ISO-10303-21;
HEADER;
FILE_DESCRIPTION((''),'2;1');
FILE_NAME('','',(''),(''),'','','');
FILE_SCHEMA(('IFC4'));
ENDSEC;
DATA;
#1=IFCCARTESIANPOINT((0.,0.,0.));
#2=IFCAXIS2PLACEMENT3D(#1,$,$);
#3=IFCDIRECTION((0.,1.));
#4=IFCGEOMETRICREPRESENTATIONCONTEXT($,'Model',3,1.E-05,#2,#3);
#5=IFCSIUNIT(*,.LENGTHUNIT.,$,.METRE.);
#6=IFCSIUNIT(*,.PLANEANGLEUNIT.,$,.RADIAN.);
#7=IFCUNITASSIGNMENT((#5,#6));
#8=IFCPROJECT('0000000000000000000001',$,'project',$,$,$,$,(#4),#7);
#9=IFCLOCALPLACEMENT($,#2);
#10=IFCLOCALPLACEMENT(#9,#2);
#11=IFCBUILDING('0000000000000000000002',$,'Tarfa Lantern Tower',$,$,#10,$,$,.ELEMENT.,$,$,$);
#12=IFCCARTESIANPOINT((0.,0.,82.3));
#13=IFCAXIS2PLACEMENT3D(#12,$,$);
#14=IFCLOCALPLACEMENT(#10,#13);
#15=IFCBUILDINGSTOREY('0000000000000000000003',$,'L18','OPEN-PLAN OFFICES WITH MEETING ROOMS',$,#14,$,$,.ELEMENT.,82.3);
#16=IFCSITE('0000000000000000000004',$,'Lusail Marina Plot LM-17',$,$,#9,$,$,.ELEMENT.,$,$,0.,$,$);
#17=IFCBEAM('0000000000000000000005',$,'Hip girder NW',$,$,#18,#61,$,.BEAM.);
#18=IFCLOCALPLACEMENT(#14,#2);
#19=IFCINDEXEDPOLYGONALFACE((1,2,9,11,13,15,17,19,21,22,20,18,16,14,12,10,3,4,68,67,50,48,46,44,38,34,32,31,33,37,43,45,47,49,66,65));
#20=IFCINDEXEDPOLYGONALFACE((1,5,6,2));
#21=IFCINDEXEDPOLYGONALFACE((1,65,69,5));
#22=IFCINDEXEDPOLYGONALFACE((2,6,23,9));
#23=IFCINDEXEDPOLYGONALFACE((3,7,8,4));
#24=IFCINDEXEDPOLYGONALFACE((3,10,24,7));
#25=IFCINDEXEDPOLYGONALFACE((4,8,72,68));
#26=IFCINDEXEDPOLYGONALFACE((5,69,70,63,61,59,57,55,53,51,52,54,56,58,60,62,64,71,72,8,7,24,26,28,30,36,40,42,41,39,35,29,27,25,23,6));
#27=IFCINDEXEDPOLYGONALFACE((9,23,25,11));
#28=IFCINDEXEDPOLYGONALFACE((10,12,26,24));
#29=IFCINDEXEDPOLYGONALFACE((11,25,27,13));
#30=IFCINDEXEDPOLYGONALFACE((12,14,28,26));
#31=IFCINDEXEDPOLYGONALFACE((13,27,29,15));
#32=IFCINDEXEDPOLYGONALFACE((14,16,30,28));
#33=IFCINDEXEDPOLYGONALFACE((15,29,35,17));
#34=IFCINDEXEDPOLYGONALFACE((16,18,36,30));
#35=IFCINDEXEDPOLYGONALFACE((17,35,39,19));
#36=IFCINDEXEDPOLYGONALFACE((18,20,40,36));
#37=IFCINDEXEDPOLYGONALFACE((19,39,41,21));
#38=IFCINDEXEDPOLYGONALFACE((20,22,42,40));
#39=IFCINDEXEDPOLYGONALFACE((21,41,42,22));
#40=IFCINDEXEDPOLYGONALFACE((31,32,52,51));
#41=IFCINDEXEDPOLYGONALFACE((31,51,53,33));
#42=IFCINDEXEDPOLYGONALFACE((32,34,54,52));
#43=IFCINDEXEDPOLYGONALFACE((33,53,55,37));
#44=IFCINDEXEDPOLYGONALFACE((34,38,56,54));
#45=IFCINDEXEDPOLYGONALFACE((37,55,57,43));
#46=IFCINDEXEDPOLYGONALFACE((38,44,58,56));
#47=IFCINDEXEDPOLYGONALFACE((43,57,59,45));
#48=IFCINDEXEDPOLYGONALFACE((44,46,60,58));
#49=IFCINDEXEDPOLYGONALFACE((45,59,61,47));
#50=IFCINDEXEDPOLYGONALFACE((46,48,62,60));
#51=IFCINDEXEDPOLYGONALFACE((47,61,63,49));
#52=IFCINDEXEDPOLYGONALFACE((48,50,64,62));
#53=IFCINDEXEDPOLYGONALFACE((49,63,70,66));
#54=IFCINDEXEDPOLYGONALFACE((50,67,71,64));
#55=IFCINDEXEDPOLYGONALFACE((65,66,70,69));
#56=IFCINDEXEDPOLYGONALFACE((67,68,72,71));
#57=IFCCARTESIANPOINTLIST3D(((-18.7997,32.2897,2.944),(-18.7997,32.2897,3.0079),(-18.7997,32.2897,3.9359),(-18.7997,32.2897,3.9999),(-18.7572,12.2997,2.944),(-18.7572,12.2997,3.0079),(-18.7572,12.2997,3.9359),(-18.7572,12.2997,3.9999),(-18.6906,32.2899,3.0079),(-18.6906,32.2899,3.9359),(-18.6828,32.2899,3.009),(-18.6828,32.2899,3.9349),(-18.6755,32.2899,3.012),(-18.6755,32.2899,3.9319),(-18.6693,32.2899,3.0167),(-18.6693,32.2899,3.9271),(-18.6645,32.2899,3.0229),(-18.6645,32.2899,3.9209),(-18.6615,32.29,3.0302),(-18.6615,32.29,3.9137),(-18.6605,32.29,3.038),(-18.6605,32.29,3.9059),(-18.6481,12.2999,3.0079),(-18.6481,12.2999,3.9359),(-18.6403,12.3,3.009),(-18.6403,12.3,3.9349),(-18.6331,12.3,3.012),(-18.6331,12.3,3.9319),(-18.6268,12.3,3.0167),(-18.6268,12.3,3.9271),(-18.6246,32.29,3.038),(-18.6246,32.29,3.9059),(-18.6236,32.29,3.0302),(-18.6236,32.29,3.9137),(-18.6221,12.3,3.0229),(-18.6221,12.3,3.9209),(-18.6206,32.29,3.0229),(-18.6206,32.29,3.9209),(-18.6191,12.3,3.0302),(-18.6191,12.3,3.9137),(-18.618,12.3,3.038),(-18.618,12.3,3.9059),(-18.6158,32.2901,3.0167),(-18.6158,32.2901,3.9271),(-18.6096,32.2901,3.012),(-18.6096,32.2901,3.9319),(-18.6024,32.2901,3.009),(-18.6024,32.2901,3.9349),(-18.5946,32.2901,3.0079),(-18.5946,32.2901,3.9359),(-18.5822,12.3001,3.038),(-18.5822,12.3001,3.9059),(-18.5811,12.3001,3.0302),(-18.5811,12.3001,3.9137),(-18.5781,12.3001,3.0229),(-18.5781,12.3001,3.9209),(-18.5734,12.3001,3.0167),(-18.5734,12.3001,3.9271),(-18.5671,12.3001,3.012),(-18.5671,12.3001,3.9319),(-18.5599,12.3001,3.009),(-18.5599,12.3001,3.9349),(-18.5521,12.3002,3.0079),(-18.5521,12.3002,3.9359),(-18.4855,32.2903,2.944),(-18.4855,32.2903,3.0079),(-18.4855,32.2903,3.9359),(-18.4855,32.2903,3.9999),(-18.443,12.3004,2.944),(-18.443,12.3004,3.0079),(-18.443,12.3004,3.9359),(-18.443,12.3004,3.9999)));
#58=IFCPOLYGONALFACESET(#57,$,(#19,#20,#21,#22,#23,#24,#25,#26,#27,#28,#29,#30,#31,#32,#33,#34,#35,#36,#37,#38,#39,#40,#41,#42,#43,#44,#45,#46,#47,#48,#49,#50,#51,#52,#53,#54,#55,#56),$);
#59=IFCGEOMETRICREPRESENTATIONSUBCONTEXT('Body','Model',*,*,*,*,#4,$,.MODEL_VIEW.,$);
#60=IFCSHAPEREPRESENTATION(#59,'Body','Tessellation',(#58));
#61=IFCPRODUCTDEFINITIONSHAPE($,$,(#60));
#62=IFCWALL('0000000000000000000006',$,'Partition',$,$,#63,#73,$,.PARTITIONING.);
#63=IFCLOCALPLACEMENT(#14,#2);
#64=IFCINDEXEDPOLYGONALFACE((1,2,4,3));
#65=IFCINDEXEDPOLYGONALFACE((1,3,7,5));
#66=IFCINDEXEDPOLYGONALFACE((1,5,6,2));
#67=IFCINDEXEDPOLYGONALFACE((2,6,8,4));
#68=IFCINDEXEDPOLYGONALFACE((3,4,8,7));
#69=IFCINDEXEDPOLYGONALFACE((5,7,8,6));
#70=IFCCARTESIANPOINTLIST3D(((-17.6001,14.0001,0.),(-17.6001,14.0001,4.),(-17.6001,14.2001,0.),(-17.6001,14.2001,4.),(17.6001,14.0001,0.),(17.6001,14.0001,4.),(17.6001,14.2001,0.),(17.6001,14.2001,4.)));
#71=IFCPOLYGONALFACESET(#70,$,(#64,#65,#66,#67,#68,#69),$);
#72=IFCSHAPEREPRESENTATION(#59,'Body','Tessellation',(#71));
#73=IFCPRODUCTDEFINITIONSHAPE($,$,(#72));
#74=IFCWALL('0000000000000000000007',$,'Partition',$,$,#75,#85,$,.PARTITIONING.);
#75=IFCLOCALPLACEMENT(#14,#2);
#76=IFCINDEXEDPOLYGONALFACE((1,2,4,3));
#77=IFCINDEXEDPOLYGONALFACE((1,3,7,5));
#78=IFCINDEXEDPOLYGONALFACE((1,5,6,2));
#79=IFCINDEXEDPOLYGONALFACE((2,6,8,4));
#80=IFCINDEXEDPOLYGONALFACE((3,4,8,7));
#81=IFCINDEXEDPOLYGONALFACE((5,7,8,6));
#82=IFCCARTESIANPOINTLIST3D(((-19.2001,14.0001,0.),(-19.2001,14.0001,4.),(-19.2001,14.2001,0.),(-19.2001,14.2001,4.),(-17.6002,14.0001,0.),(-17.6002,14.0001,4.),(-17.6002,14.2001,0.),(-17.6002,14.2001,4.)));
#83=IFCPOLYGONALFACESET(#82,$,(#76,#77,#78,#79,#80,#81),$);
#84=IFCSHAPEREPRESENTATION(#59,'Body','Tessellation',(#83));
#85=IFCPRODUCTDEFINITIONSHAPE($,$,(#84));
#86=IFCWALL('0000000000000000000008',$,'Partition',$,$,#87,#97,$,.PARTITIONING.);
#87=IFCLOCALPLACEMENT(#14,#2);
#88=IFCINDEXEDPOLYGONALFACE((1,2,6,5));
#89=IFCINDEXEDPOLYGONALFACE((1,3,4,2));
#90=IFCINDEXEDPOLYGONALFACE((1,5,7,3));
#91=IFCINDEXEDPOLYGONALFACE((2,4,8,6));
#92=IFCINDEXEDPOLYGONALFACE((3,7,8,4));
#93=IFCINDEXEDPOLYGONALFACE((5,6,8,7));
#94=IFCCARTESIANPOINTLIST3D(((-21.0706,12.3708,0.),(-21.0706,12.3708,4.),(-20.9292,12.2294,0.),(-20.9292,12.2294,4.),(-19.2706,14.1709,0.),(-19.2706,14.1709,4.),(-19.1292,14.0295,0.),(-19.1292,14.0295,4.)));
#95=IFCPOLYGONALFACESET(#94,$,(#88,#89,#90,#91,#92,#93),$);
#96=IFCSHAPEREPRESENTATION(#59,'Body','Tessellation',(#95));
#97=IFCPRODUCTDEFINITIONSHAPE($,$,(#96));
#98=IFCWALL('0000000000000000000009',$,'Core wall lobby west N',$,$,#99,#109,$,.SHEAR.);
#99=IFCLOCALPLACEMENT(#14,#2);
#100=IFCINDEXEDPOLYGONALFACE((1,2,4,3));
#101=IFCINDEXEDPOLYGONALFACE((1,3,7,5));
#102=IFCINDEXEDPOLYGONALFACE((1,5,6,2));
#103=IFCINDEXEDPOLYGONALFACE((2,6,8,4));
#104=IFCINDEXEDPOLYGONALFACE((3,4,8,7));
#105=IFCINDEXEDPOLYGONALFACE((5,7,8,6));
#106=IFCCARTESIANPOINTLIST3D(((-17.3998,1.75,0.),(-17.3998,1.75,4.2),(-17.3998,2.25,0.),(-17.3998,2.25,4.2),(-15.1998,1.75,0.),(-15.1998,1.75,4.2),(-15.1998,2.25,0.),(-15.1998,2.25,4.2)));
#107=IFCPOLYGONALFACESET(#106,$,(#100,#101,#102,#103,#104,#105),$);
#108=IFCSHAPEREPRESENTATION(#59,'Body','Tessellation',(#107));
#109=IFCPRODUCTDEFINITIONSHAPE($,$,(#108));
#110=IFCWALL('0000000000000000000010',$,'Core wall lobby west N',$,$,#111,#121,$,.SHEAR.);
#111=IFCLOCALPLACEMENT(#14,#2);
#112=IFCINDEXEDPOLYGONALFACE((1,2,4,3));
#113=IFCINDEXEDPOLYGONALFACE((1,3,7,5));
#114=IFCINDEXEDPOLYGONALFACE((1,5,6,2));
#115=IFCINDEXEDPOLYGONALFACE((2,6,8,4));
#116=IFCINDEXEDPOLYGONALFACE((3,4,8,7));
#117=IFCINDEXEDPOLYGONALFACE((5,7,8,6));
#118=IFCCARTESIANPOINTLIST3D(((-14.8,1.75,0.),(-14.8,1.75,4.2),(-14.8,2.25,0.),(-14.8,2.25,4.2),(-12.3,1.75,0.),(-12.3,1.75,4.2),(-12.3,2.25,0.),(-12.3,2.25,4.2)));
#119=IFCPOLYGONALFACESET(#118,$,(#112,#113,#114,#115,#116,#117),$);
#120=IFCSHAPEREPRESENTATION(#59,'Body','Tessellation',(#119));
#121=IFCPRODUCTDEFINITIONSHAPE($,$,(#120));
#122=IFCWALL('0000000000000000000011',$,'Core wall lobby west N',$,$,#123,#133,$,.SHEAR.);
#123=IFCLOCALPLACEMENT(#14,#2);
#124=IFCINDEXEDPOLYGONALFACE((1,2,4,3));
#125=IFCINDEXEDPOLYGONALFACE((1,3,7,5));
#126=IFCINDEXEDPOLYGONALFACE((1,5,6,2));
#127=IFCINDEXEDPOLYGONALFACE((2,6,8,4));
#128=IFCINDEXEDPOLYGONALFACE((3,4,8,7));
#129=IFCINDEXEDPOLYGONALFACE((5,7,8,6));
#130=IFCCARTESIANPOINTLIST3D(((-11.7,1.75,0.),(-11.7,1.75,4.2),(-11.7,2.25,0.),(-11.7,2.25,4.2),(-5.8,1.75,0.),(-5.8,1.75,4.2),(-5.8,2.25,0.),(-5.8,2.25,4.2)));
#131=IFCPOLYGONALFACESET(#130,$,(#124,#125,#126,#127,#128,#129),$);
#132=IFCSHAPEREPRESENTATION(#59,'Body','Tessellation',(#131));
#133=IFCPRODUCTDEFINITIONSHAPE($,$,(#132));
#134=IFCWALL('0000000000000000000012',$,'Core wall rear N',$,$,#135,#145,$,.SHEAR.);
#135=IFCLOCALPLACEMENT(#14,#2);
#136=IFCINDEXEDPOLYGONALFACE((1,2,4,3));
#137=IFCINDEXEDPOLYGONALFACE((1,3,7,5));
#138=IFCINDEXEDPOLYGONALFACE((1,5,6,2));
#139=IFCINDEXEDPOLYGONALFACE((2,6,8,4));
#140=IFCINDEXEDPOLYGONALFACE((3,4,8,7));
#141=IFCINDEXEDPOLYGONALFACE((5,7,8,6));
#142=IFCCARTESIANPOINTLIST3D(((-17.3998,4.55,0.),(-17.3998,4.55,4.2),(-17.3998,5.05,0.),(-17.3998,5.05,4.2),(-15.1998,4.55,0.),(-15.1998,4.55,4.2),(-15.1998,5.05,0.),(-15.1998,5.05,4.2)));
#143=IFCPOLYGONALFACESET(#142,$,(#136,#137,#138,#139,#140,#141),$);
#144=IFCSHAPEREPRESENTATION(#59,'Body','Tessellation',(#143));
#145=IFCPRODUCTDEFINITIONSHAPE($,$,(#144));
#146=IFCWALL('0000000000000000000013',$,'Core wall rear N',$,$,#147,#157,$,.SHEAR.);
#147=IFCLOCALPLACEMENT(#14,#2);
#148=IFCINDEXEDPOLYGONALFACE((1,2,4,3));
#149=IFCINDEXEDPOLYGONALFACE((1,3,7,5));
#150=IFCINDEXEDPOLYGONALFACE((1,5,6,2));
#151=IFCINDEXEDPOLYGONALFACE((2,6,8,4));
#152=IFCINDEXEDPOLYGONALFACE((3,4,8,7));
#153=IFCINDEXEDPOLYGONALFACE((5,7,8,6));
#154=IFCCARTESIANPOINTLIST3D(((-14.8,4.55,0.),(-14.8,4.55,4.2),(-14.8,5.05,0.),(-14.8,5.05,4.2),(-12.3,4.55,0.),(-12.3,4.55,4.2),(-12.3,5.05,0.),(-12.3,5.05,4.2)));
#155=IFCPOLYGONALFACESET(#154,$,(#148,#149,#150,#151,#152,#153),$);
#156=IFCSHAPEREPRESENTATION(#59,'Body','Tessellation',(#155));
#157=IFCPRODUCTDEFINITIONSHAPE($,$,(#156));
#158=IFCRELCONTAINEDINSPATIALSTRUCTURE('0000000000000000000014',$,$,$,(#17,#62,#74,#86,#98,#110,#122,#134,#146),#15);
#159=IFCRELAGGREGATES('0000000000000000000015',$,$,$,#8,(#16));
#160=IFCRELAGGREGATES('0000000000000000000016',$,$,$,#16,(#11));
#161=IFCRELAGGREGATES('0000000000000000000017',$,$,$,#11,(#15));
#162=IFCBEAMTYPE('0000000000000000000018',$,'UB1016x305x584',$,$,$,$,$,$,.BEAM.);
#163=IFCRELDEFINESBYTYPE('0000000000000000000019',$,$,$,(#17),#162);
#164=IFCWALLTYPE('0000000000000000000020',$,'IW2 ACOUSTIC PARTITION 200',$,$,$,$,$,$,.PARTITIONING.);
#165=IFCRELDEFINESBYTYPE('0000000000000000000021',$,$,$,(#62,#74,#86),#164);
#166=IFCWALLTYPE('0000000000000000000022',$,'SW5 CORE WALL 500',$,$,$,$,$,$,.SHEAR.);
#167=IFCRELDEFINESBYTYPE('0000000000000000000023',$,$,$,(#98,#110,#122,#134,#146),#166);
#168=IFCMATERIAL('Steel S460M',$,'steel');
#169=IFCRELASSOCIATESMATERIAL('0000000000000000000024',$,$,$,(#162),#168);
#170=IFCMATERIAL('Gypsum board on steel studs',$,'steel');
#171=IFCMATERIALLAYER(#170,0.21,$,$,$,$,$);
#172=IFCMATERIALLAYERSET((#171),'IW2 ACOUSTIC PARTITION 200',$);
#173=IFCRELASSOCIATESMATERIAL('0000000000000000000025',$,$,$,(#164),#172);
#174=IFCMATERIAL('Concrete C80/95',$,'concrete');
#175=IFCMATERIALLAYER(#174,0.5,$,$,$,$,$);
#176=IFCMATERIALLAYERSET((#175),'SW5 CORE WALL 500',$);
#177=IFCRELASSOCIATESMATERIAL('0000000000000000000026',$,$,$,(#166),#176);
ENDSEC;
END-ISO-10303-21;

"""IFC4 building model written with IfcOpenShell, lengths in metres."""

from ifc_helpers import new_model, si_unit, direction, frame, frame_2d, origin, origin_2d, place, context, subcontext, project, spatial, rectangle, i_section, extrude, material, layer, layer_set, material_profile, profile_set, type_object, element, save


model = new_model("IFC4")

# Units and contexts
model_context = context("Model", 3, precision=1e-05, world=origin(), true_north=direction((0.0, 1.0)))
body_context = subcontext(model_context, "Body", "Model", "MODEL_VIEW")
ifc_project = project(units=[si_unit("LENGTHUNIT", "METRE"), si_unit("PLANEANGLEUNIT", "RADIAN")], contexts=[model_context])

# Site, building, storey
site_placement = place(None, origin())
site = spatial("IfcSite", under=ifc_project, at=site_placement, Name="Lusail Marina Plot LM-17", CompositionType="ELEMENT", RefElevation=0.0)
building_placement = place(site_placement, origin())
building = spatial("IfcBuilding", under=site, at=building_placement, Name="Tarfa Lantern Tower", CompositionType="ELEMENT")
storey_placement = place(building_placement, frame((0.0, 0.0, 82.3)))
storey = spatial("IfcBuildingStorey", under=building, at=storey_placement, Name="L18", Description="OPEN-PLAN OFFICES WITH MEETING ROOMS", CompositionType="ELEMENT", Elevation=82.3)

# Beam
ifc_material_1 = material(Name="Steel S460M", Category="steel")
ifc_material_profile = material_profile(ifc_material_1, i_section(OverallWidth=0.3142, OverallDepth=1.0559, WebThickness=0.0359, FlangeThickness=0.064, FilletRadius=0.03, at=origin_2d()), Name="UB1016x305x584")
ifc_profile_set = profile_set([ifc_material_profile], Name="Steel S460M")
beam_type = type_object("IfcBeamType", Name="UB1016x305x584", PredefinedType="BEAM", material=ifc_profile_set)
beam_placement = place(storey_placement, frame((-18.6001, 12.3, 3.4719), z_axis=(-0.002125, 0.999998, 0.0), x_axis=(-0.999998, -0.002125, 0.0)))
element("IfcBeam", 1, at=beam_placement, inside=storey, type_object=beam_type, Name="Hip girder NW", PredefinedType="BEAM", context=body_context, shape_type="SweptSolid", body=[
    extrude(i_section(OverallWidth=0.3142, OverallDepth=1.0559, WebThickness=0.0359, FlangeThickness=0.064, FilletRadius=0.03, at=origin_2d()), origin(), (0.0, 0.0, 1.0), 19.99),
])

# Walls
ifc_material_2 = material(Name="Gypsum board on steel studs", Category="steel")
ifc_layer_1 = layer(ifc_material_2, 0.21)
ifc_layer_set_1 = layer_set([ifc_layer_1], Name="IW2 ACOUSTIC PARTITION 200")
wall_type_1 = type_object("IfcWallType", Name="IW2 ACOUSTIC PARTITION 200", PredefinedType="PARTITIONING", material=ifc_layer_set_1)
wall_1_placement = place(storey_placement, frame((-17.6001, 14.1001, 0.0), z_axis=(0.0, 0.0, 1.0), x_axis=(1.0, 0.0, 0.0)))
element("IfcWall", 2, at=wall_1_placement, inside=storey, type_object=wall_type_1, Name="Partition", PredefinedType="PARTITIONING", context=body_context, shape_type="SweptSolid", body=[
    extrude(rectangle(XDim=35.2002, YDim=0.2, at=frame_2d((17.6001, 0.0))), origin(), (0.0, 0.0, 1.0), 4.0),
])
wall_2_placement = place(storey_placement, frame((-19.2, 14.1001, 0.0), z_axis=(0.0, 0.0, 1.0), x_axis=(1.0, 0.0, 0.0)))
element("IfcWall", 3, at=wall_2_placement, inside=storey, type_object=wall_type_1, Name="Partition", PredefinedType="PARTITIONING", context=body_context, shape_type="SweptSolid", body=[
    extrude(rectangle(XDim=1.5999, YDim=0.2, at=frame_2d((0.7998, 0.0))), origin(), (0.0, 0.0, 1.0), 4.0),
])
wall_3_placement = place(storey_placement, frame((-21.0, 12.3, 0.0), z_axis=(0.0, 0.0, 1.0), x_axis=(0.707107, 0.707107, 0.0)))
element("IfcWall", 4, at=wall_3_placement, inside=storey, type_object=wall_type_1, Name="Partition", PredefinedType="PARTITIONING", context=body_context, shape_type="SweptSolid", body=[
    extrude(rectangle(XDim=2.5457, YDim=0.2, at=frame_2d((1.2729, 0.0))), origin(), (0.0, 0.0, 1.0), 4.0),
])

# Shared definitions
ifc_material_3 = material(Name="Concrete C80/95", Category="concrete")

# Walls
ifc_layer_2 = layer(ifc_material_3, 0.5)
ifc_layer_set_2 = layer_set([ifc_layer_2], Name="SW5 CORE WALL 500")
wall_type_2 = type_object("IfcWallType", Name="SW5 CORE WALL 500", PredefinedType="SHEAR", material=ifc_layer_set_2)
wall_4_placement = place(storey_placement, frame((-17.3999, 2.0, 0.0), z_axis=(0.0, 0.0, 1.0), x_axis=(1.0, 0.0, 0.0)))
element("IfcWall", 5, at=wall_4_placement, inside=storey, type_object=wall_type_2, Name="Core wall lobby west N", PredefinedType="SHEAR", context=body_context, shape_type="SweptSolid", body=[
    extrude(rectangle(XDim=2.2, YDim=0.5, at=frame_2d((1.1001, 0.0))), origin(), (0.0, 0.0, 1.0), 4.2),
])
wall_5_placement = place(storey_placement, frame((-14.8, 2.0, 0.0), z_axis=(0.0, 0.0, 1.0), x_axis=(1.0, 0.0, 0.0)))
element("IfcWall", 6, at=wall_5_placement, inside=storey, type_object=wall_type_2, Name="Core wall lobby west N", PredefinedType="SHEAR", context=body_context, shape_type="SweptSolid", body=[
    extrude(rectangle(XDim=2.5, YDim=0.5, at=frame_2d((1.25, 0.0))), origin(), (0.0, 0.0, 1.0), 4.2),
])
wall_6_placement = place(storey_placement, frame((-11.7, 2.0, 0.0), z_axis=(0.0, 0.0, 1.0), x_axis=(1.0, 0.0, 0.0)))
element("IfcWall", 7, at=wall_6_placement, inside=storey, type_object=wall_type_2, Name="Core wall lobby west N", PredefinedType="SHEAR", context=body_context, shape_type="SweptSolid", body=[
    extrude(rectangle(XDim=5.8999, YDim=0.5, at=frame_2d((2.95, 0.0))), origin(), (0.0, 0.0, 1.0), 4.2),
])
wall_7_placement = place(storey_placement, frame((-17.3999, 4.8, 0.0), z_axis=(0.0, 0.0, 1.0), x_axis=(1.0, 0.0, 0.0)))
element("IfcWall", 8, at=wall_7_placement, inside=storey, type_object=wall_type_2, Name="Core wall rear N", PredefinedType="SHEAR", context=body_context, shape_type="SweptSolid", body=[
    extrude(rectangle(XDim=2.2, YDim=0.5, at=frame_2d((1.1001, 0.0))), origin(), (0.0, 0.0, 1.0), 4.2),
])
wall_8_placement = place(storey_placement, frame((-14.8, 4.8, 0.0), z_axis=(0.0, 0.0, 1.0), x_axis=(1.0, 0.0, 0.0)))
element("IfcWall", 9, at=wall_8_placement, inside=storey, type_object=wall_type_2, Name="Core wall rear N", PredefinedType="SHEAR", context=body_context, shape_type="SweptSolid", body=[
    extrude(rectangle(XDim=2.5, YDim=0.5, at=frame_2d((1.25, 0.0))), origin(), (0.0, 0.0, 1.0), 4.2),
])

save(model, "model.ifc")
